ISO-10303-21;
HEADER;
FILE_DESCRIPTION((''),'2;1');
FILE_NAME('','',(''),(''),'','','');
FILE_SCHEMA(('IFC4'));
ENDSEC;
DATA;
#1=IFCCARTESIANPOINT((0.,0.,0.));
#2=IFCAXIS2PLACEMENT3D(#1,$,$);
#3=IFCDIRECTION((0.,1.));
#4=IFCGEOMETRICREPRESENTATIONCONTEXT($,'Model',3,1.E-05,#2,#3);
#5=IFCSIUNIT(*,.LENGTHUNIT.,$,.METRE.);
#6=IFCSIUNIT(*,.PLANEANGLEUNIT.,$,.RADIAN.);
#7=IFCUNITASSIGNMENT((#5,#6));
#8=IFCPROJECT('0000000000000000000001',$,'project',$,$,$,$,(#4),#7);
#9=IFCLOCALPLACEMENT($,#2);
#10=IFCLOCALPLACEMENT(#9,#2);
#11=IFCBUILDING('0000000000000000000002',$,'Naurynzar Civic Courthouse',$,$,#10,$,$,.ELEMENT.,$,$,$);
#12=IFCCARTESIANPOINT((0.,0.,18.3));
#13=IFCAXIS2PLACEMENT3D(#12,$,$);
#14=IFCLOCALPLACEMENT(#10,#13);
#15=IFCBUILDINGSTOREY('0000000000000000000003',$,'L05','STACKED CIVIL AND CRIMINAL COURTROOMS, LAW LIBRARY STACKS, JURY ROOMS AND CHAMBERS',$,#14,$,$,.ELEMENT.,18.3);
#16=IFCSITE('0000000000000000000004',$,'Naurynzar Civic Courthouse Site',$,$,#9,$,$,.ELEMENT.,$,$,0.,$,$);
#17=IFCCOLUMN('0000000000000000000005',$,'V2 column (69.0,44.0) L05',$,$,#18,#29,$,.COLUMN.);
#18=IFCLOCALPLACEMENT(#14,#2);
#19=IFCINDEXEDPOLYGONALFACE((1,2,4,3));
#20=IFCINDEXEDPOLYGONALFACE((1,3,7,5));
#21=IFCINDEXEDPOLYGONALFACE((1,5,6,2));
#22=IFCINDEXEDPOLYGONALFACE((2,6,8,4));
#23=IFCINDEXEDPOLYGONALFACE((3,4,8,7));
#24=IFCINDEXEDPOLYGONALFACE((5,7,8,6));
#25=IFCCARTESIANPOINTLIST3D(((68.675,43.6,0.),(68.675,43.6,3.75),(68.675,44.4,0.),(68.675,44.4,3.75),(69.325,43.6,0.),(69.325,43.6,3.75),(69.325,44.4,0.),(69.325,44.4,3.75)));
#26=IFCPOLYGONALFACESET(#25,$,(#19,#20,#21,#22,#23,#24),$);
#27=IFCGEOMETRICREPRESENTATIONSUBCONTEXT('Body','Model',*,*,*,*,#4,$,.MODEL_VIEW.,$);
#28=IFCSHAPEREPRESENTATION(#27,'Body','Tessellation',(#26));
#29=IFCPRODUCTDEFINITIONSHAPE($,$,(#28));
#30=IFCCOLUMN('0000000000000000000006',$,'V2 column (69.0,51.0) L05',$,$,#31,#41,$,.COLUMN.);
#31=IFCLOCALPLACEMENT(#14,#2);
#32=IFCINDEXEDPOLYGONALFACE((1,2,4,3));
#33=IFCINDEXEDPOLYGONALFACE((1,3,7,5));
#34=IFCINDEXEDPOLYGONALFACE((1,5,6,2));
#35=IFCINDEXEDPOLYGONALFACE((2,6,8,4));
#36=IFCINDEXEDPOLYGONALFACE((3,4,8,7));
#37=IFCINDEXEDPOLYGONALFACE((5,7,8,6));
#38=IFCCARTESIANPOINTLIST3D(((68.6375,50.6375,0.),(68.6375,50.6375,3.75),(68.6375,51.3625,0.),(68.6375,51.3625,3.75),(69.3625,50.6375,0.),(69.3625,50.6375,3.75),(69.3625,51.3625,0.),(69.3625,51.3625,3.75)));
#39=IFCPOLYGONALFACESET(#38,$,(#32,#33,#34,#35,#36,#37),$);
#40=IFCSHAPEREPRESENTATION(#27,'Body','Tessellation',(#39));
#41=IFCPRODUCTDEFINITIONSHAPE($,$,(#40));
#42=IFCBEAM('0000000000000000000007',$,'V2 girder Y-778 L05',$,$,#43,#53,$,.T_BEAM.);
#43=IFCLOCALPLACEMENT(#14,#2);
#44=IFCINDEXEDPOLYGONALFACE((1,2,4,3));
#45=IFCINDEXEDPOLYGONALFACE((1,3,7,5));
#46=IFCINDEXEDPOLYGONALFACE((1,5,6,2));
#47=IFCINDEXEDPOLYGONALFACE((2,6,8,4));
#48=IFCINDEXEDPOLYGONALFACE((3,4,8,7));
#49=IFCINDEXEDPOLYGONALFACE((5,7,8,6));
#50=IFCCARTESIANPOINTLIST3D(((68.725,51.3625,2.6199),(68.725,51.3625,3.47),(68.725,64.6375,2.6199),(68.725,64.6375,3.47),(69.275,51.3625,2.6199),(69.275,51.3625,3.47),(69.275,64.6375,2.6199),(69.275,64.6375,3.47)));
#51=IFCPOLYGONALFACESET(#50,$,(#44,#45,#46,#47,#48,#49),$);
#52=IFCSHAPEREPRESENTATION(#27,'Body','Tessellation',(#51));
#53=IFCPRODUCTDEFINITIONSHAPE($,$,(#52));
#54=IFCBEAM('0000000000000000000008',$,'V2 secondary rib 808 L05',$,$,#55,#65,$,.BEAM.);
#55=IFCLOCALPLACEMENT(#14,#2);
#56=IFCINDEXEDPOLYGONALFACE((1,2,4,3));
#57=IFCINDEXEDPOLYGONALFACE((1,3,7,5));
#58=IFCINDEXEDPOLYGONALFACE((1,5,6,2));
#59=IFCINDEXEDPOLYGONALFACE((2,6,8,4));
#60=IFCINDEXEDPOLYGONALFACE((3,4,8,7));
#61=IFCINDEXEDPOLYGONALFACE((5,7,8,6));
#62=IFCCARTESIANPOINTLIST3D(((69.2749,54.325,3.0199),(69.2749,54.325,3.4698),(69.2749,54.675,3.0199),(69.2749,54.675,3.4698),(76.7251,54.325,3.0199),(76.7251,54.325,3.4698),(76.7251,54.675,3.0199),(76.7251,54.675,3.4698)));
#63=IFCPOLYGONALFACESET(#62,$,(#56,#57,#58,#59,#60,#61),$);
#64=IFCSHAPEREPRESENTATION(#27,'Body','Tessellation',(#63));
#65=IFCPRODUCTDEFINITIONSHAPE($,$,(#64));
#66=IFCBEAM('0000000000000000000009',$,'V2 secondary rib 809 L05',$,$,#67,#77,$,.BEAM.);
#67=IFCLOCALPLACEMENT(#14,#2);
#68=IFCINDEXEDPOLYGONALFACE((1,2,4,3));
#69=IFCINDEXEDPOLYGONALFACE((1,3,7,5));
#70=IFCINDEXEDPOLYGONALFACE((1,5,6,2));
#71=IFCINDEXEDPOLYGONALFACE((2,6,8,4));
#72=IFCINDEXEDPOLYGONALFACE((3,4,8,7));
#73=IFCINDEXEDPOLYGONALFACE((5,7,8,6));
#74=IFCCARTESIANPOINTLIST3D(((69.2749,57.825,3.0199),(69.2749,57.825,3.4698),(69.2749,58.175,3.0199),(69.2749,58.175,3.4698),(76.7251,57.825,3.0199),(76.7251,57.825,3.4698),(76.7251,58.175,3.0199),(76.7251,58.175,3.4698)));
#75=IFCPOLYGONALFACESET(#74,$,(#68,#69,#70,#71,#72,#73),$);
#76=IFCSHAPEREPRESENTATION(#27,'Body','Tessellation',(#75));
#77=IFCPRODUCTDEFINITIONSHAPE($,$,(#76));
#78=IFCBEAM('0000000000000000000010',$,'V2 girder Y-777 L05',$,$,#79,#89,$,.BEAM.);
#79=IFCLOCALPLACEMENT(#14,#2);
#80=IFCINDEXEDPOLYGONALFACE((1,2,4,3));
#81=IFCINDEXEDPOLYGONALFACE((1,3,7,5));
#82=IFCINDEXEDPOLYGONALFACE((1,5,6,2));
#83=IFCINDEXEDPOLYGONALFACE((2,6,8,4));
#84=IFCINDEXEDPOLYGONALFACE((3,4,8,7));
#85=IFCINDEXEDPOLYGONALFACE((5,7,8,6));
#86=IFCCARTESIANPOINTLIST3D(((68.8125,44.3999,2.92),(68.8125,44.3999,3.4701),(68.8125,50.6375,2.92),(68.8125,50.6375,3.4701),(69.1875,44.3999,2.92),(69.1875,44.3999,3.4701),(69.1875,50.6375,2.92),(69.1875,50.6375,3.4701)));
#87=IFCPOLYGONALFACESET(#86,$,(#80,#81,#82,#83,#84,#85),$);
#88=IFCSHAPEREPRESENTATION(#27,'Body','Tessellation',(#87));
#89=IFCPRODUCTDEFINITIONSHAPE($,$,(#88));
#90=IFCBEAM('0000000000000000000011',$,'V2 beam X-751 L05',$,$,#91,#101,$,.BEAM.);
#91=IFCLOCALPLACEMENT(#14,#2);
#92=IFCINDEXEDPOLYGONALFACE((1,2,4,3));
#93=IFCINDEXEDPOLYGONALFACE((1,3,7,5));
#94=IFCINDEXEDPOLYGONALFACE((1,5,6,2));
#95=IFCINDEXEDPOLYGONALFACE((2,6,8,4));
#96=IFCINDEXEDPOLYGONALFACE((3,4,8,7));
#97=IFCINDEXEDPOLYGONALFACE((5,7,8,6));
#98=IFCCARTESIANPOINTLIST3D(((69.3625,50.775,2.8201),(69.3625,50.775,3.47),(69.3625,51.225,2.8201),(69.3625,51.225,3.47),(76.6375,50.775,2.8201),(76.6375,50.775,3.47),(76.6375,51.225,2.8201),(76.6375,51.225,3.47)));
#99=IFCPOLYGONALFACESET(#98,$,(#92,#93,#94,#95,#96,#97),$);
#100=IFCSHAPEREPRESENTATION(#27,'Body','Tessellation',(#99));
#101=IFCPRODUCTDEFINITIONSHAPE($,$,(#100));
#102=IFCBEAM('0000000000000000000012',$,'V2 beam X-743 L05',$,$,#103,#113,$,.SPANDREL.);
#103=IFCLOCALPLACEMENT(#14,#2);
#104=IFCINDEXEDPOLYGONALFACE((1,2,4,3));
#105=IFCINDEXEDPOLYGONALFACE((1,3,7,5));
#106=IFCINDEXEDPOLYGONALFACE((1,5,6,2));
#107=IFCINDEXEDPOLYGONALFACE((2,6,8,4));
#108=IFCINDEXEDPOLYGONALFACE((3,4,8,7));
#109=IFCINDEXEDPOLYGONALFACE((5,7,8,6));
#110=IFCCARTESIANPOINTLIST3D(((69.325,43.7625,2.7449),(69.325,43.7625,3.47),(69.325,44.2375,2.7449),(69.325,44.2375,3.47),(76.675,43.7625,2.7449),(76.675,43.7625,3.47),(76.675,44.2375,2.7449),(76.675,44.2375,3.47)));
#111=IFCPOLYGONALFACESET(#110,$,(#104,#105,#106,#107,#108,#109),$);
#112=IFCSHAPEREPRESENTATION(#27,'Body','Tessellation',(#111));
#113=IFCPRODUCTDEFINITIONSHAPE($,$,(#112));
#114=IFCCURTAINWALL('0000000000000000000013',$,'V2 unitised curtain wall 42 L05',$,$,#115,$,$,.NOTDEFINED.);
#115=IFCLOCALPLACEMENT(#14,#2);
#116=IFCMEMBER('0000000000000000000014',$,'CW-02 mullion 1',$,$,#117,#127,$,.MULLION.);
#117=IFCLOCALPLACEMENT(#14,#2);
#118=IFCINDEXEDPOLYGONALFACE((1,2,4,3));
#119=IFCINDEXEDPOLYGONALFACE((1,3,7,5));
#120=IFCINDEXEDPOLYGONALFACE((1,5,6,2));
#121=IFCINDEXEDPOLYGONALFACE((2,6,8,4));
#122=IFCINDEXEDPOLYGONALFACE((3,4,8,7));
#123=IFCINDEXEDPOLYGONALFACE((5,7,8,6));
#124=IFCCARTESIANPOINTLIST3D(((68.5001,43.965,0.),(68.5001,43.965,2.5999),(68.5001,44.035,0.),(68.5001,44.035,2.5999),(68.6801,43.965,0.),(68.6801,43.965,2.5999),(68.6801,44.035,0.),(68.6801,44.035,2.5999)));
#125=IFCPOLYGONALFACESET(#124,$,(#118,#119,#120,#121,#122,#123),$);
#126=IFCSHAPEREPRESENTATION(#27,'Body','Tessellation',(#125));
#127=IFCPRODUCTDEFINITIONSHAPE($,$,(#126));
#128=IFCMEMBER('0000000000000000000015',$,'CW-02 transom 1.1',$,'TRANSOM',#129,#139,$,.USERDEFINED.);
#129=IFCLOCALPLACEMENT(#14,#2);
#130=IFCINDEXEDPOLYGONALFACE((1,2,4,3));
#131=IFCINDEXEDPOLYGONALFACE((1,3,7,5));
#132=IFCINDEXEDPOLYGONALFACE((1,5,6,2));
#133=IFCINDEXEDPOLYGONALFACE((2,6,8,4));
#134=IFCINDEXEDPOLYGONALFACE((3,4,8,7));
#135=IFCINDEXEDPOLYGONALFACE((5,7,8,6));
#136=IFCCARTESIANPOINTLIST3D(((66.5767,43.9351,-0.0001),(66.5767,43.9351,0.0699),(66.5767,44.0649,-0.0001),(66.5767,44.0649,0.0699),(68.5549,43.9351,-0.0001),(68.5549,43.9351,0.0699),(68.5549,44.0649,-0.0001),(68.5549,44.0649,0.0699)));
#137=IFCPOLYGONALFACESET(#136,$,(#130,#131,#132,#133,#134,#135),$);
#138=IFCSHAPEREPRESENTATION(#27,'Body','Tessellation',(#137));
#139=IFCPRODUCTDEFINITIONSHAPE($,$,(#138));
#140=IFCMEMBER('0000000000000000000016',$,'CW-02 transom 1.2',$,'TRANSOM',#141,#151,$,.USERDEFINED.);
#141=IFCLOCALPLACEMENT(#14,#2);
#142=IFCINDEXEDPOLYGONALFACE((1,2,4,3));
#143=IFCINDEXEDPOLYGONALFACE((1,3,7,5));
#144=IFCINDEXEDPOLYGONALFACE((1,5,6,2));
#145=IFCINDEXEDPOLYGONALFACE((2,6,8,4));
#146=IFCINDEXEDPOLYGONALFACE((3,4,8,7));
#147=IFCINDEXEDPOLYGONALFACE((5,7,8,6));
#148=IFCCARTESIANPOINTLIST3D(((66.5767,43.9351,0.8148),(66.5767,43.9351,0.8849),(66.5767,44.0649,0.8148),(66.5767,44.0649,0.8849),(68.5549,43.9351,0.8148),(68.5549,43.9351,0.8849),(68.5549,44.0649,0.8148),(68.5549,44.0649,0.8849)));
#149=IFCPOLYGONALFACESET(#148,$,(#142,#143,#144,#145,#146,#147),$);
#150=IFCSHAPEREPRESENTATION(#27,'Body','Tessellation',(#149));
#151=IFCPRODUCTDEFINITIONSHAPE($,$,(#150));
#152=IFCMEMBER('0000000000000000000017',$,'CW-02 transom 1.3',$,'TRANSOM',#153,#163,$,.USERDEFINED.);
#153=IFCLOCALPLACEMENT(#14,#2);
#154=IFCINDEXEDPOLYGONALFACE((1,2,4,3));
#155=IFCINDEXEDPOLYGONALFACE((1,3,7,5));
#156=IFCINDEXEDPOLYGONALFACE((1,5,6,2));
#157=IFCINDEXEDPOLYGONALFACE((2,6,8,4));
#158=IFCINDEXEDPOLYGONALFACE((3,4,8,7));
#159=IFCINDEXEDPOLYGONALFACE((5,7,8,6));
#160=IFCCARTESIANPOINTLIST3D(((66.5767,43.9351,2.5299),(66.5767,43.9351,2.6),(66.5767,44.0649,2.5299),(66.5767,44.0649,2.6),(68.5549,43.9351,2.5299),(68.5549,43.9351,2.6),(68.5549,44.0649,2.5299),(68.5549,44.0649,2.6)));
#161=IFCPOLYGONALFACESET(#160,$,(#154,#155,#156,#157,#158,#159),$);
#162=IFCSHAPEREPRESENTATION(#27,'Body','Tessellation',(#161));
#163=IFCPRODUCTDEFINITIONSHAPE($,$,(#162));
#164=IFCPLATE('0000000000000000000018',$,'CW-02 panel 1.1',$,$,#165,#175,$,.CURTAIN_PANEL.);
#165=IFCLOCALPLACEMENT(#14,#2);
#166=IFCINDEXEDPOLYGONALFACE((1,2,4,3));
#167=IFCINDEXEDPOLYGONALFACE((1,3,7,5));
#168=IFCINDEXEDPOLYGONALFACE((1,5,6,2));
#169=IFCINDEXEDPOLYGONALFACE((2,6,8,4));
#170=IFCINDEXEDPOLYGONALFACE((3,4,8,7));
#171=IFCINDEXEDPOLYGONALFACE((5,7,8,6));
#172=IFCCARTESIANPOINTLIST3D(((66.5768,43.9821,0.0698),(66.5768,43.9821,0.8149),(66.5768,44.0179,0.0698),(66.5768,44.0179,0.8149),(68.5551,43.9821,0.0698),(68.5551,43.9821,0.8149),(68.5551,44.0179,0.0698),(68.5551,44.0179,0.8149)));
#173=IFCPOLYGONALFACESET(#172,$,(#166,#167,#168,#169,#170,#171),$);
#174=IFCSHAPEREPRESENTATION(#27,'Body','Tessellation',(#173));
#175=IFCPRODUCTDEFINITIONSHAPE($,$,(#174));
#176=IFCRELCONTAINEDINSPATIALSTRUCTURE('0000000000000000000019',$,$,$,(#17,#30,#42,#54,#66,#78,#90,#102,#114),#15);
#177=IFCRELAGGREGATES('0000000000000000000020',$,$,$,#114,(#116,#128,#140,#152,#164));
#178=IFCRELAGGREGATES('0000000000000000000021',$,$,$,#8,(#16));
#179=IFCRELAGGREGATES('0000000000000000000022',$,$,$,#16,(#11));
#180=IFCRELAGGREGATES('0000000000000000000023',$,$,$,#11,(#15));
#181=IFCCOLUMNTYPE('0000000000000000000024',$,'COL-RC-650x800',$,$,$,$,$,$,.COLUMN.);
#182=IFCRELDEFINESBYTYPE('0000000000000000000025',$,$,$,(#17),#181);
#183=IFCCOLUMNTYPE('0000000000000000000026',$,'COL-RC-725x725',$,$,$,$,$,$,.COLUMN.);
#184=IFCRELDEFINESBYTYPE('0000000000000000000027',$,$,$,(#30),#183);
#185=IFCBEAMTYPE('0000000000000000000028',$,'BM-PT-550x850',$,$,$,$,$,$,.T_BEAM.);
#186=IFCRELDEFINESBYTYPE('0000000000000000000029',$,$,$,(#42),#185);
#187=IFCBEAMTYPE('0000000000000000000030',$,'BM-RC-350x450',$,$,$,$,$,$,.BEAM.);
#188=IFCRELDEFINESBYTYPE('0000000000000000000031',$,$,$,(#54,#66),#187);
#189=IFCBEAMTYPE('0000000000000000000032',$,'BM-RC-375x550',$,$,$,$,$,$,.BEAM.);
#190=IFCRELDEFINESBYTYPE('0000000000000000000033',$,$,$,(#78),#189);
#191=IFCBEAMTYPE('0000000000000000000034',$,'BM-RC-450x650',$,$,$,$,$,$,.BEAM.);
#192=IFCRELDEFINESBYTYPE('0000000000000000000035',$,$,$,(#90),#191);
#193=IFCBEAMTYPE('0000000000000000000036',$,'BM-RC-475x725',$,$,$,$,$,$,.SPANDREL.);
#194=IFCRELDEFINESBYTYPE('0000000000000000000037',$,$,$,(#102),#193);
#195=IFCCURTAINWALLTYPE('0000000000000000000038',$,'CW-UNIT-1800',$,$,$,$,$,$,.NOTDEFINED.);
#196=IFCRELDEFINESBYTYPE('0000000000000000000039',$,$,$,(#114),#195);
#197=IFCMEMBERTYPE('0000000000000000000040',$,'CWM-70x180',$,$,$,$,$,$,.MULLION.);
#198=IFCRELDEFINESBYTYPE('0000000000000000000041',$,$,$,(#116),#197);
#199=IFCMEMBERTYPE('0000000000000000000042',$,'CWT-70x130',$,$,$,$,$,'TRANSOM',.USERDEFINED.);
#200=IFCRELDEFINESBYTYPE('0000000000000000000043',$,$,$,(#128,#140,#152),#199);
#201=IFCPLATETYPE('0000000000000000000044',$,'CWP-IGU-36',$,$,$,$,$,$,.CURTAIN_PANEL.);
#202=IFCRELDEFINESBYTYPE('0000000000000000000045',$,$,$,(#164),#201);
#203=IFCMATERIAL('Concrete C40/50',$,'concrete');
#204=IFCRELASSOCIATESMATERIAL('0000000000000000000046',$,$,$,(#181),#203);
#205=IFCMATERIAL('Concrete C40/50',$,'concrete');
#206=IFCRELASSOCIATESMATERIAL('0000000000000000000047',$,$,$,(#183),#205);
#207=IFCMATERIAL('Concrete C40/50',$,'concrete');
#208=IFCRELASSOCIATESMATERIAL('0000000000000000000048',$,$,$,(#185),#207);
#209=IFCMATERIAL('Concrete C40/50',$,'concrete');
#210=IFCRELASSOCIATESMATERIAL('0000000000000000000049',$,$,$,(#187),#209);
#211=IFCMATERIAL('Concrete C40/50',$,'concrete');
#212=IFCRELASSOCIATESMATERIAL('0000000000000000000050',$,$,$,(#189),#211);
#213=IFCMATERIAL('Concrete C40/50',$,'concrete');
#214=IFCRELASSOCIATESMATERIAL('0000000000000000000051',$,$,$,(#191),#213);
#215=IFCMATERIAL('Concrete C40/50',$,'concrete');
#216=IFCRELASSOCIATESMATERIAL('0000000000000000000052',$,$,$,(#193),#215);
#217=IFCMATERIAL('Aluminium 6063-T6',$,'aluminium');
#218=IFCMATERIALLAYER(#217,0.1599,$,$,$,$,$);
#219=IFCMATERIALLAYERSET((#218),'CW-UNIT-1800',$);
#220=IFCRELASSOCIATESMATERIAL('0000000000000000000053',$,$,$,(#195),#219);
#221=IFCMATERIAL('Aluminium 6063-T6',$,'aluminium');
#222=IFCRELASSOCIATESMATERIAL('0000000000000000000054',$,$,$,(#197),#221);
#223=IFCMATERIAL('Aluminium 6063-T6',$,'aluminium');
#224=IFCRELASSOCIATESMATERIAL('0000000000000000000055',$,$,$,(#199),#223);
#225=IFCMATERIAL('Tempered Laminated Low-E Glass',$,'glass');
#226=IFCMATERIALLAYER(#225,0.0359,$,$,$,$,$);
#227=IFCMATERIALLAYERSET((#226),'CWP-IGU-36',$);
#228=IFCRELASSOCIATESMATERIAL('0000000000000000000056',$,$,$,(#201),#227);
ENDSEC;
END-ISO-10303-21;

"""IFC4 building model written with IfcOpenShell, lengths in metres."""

from ifc_helpers import new_model, si_unit, direction, frame, origin, origin_2d, place, context, subcontext, project, spatial, rectangle, extrude, material, layer, layer_set, material_profile, profile_set, type_object, element, aggregate, save


model = new_model("IFC4")

# Units and contexts
model_context = context("Model", 3, precision=1e-05, world=origin(), true_north=direction((0.0, 1.0)))
body_context = subcontext(model_context, "Body", "Model", "MODEL_VIEW")
ifc_project = project(units=[si_unit("LENGTHUNIT", "METRE"), si_unit("PLANEANGLEUNIT", "RADIAN")], contexts=[model_context])

# Site, building, storey
site_placement = place(None, origin())
site = spatial("IfcSite", under=ifc_project, at=site_placement, Name="Naurynzar Civic Courthouse Site", CompositionType="ELEMENT", RefElevation=0.0)
building_placement = place(site_placement, origin())
building = spatial("IfcBuilding", under=site, at=building_placement, Name="Naurynzar Civic Courthouse", CompositionType="ELEMENT")
storey_placement = place(building_placement, frame((0.0, 0.0, 18.3)))
storey = spatial("IfcBuildingStorey", under=building, at=storey_placement, Name="L05", Description="STACKED CIVIL AND CRIMINAL COURTROOMS, LAW LIBRARY STACKS, JURY ROOMS AND CHAMBERS", CompositionType="ELEMENT", Elevation=18.3)

# Columns
ifc_material_1 = material(Name="Concrete C40/50", Category="concrete")
ifc_material_profile_1 = material_profile(ifc_material_1, rectangle(XDim=0.6499, YDim=0.8, at=origin_2d()), Name="RC 650x800")
ifc_profile_set_1 = profile_set([ifc_material_profile_1], Name="Concrete C40/50")
column_type_1 = type_object("IfcColumnType", Name="COL-RC-650x800", PredefinedType="COLUMN", material=ifc_profile_set_1)
column_1_placement = place(storey_placement, frame((69.0, 44.0, 0.0), z_axis=(0.0, 0.0, 1.0), x_axis=(1.0, 0.0, 0.0)))
element("IfcColumn", 1, at=column_1_placement, inside=storey, type_object=column_type_1, Name="V2 column (69.0,44.0) L05", PredefinedType="COLUMN", context=body_context, shape_type="SweptSolid", body=[
    extrude(rectangle(XDim=0.6499, YDim=0.8, at=origin_2d()), origin(), (0.0, 0.0, 1.0), 3.75),
])
ifc_material_2 = material(Name="Concrete C40/50", Category="concrete")
ifc_material_profile_2 = material_profile(ifc_material_2, rectangle(XDim=0.7251, YDim=0.7251, at=origin_2d()), Name="RC 725x725")
ifc_profile_set_2 = profile_set([ifc_material_profile_2], Name="Concrete C40/50")
column_type_2 = type_object("IfcColumnType", Name="COL-RC-725x725", PredefinedType="COLUMN", material=ifc_profile_set_2)
column_2_placement = place(storey_placement, frame((69.0, 51.0, 0.0), z_axis=(0.0, 0.0, 1.0), x_axis=(1.0, 0.0, 0.0)))
element("IfcColumn", 2, at=column_2_placement, inside=storey, type_object=column_type_2, Name="V2 column (69.0,51.0) L05", PredefinedType="COLUMN", context=body_context, shape_type="SweptSolid", body=[
    extrude(rectangle(XDim=0.7251, YDim=0.7251, at=origin_2d()), origin(), (0.0, 0.0, 1.0), 3.75),
])

# Beams
ifc_material_3 = material(Name="Concrete C40/50", Category="concrete")
ifc_material_profile_3 = material_profile(ifc_material_3, rectangle(XDim=0.55, YDim=0.8501, at=origin_2d()), Name="PTB 550x850")
ifc_profile_set_3 = profile_set([ifc_material_profile_3], Name="Concrete C40/50")
beam_type_1 = type_object("IfcBeamType", Name="BM-PT-550x850", PredefinedType="T_BEAM", material=ifc_profile_set_3)
beam_1_placement = place(storey_placement, frame((69.0, 51.3625, 3.0449), z_axis=(0.0, 1.0, 0.0), x_axis=(-1.0, 0.0, 0.0)))
element("IfcBeam", 3, at=beam_1_placement, inside=storey, type_object=beam_type_1, Name="V2 girder Y-778 L05", PredefinedType="T_BEAM", context=body_context, shape_type="SweptSolid", body=[
    extrude(rectangle(XDim=0.55, YDim=0.8501, at=origin_2d()), origin(), (0.0, 0.0, 1.0), 13.2749),
])
ifc_material_4 = material(Name="Concrete C40/50", Category="concrete")
ifc_material_profile_4 = material_profile(ifc_material_4, rectangle(XDim=0.3501, YDim=0.45, at=origin_2d()), Name="RCB 350x450")
ifc_profile_set_4 = profile_set([ifc_material_profile_4], Name="Concrete C40/50")
beam_type_2 = type_object("IfcBeamType", Name="BM-RC-350x450", PredefinedType="BEAM", material=ifc_profile_set_4)
for number, where, z_axis, x_axis, name in (
    (4, (69.2749, 54.5, 3.2449), (1.0, 0.0, 0.0), (0.0, 1.0, 0.0), "V2 secondary rib 808 L05"),
    (5, (69.2749, 58.0, 3.2449), (1.0, 0.0, 0.0), (0.0, 1.0, 0.0), "V2 secondary rib 809 L05"),
):
    element("IfcBeam", number, at=place(storey_placement, frame(where, z_axis=z_axis, x_axis=x_axis)), inside=storey, type_object=beam_type_2, Name=name, PredefinedType="BEAM", context=body_context, shape_type="SweptSolid", body=[
        extrude(rectangle(XDim=0.3501, YDim=0.45, at=origin_2d()), origin(), (0.0, 0.0, 1.0), 7.4502),
    ])
ifc_material_5 = material(Name="Concrete C40/50", Category="concrete")
ifc_material_profile_5 = material_profile(ifc_material_5, rectangle(XDim=0.375, YDim=0.55, at=origin_2d()), Name="RCB 375x550")
ifc_profile_set_5 = profile_set([ifc_material_profile_5], Name="Concrete C40/50")
beam_type_3 = type_object("IfcBeamType", Name="BM-RC-375x550", PredefinedType="BEAM", material=ifc_profile_set_5)
beam_2_placement = place(storey_placement, frame((69.0, 44.3999, 3.1951), z_axis=(0.0, 1.0, 0.0), x_axis=(-1.0, 0.0, 0.0)))
element("IfcBeam", 6, at=beam_2_placement, inside=storey, type_object=beam_type_3, Name="V2 girder Y-777 L05", PredefinedType="BEAM", context=body_context, shape_type="SweptSolid", body=[
    extrude(rectangle(XDim=0.375, YDim=0.55, at=origin_2d()), origin(), (0.0, 0.0, 1.0), 6.2375),
])
ifc_material_6 = material(Name="Concrete C40/50", Category="concrete")
ifc_material_profile_6 = material_profile(ifc_material_6, rectangle(XDim=0.45, YDim=0.6499, at=origin_2d()), Name="RCB 450x650")
ifc_profile_set_6 = profile_set([ifc_material_profile_6], Name="Concrete C40/50")
beam_type_4 = type_object("IfcBeamType", Name="BM-RC-450x650", PredefinedType="BEAM", material=ifc_profile_set_6)
beam_3_placement = place(storey_placement, frame((69.3625, 51.0, 3.145), z_axis=(1.0, 0.0, 0.0), x_axis=(0.0, 1.0, 0.0)))
element("IfcBeam", 7, at=beam_3_placement, inside=storey, type_object=beam_type_4, Name="V2 beam X-751 L05", PredefinedType="BEAM", context=body_context, shape_type="SweptSolid", body=[
    extrude(rectangle(XDim=0.45, YDim=0.6499, at=origin_2d()), origin(), (0.0, 0.0, 1.0), 7.2749),
])
ifc_material_7 = material(Name="Concrete C40/50", Category="concrete")
ifc_material_profile_7 = material_profile(ifc_material_7, rectangle(XDim=0.4751, YDim=0.7251, at=origin_2d()), Name="RCB 475x725")
ifc_profile_set_7 = profile_set([ifc_material_profile_7], Name="Concrete C40/50")
beam_type_5 = type_object("IfcBeamType", Name="BM-RC-475x725", PredefinedType="SPANDREL", material=ifc_profile_set_7)
beam_4_placement = place(storey_placement, frame((69.325, 44.0, 3.1074), z_axis=(1.0, 0.0, 0.0), x_axis=(0.0, 1.0, 0.0)))
element("IfcBeam", 8, at=beam_4_placement, inside=storey, type_object=beam_type_5, Name="V2 beam X-743 L05", PredefinedType="SPANDREL", context=body_context, shape_type="SweptSolid", body=[
    extrude(rectangle(XDim=0.4751, YDim=0.7251, at=origin_2d()), origin(), (0.0, 0.0, 1.0), 7.3501),
])

# Curtain wall, members, plate
ifc_material_8 = material(Name="Aluminium 6063-T6", Category="aluminium")
ifc_layer_1 = layer(ifc_material_8, 0.1599)
ifc_layer_set_1 = layer_set([ifc_layer_1], Name="CW-UNIT-1800")
curtain_wall_type = type_object("IfcCurtainWallType", Name="CW-UNIT-1800", PredefinedType="NOTDEFINED", material=ifc_layer_set_1)
curtain_wall_placement = place(storey_placement, origin())
curtain_wall = element("IfcCurtainWall", 9, at=curtain_wall_placement, inside=storey, type_object=curtain_wall_type, Name="V2 unitised curtain wall 42 L05", PredefinedType="NOTDEFINED")
ifc_material_9 = material(Name="Aluminium 6063-T6", Category="aluminium")
ifc_material_profile_8 = material_profile(ifc_material_9, rectangle(XDim=0.0701, YDim=0.1799, at=origin_2d()), Name="ALU MULLION 70x180")
ifc_profile_set_8 = profile_set([ifc_material_profile_8], Name="Aluminium 6063-T6")
member_type_1 = type_object("IfcMemberType", Name="CWM-70x180", PredefinedType="MULLION", material=ifc_profile_set_8)
member_1_placement = place(storey_placement, frame((68.5901, 44.0, 0.0), z_axis=(0.0, 0.0, 1.0), x_axis=(0.0, -1.0, 0.0)))
member_1 = element("IfcMember", 10, at=member_1_placement, type_object=member_type_1, Name="CW-02 mullion 1", PredefinedType="MULLION", context=body_context, shape_type="SweptSolid", body=[
    extrude(rectangle(XDim=0.0701, YDim=0.1799, at=origin_2d()), origin(), (0.0, 0.0, 1.0), 2.5999),
])
ifc_material_10 = material(Name="Aluminium 6063-T6", Category="aluminium")
ifc_material_profile_9 = material_profile(ifc_material_10, rectangle(XDim=0.1299, YDim=0.0701, at=origin_2d()), Name="ALU TRANSOM 70x130")
ifc_profile_set_9 = profile_set([ifc_material_profile_9], Name="Aluminium 6063-T6")
member_type_2 = type_object("IfcMemberType", Name="CWT-70x130", ElementType="TRANSOM", PredefinedType="USERDEFINED", material=ifc_profile_set_9)
member_2_placement = place(storey_placement, frame((68.5549, 44.0, 0.0349), z_axis=(-1.0, 0.0, 0.0), x_axis=(0.0, -1.0, 0.0)))
member_2 = element("IfcMember", 11, at=member_2_placement, type_object=member_type_2, Name="CW-02 transom 1.1", ObjectType="TRANSOM", PredefinedType="USERDEFINED", context=body_context, shape_type="SweptSolid", body=[
    extrude(rectangle(XDim=0.1299, YDim=0.0701, at=origin_2d()), origin(), (0.0, 0.0, 1.0), 1.9783),
])
member_3_placement = place(storey_placement, frame((68.5549, 44.0, 0.8499), z_axis=(-1.0, 0.0, 0.0), x_axis=(0.0, -1.0, 0.0)))
member_3 = element("IfcMember", 12, at=member_3_placement, type_object=member_type_2, Name="CW-02 transom 1.2", ObjectType="TRANSOM", PredefinedType="USERDEFINED", context=body_context, shape_type="SweptSolid", body=[
    extrude(rectangle(XDim=0.1299, YDim=0.0701, at=origin_2d()), origin(), (0.0, 0.0, 1.0), 1.9783),
])
member_4_placement = place(storey_placement, frame((68.5549, 44.0, 2.5649), z_axis=(-1.0, 0.0, 0.0), x_axis=(0.0, -1.0, 0.0)))
member_4 = element("IfcMember", 13, at=member_4_placement, type_object=member_type_2, Name="CW-02 transom 1.3", ObjectType="TRANSOM", PredefinedType="USERDEFINED", context=body_context, shape_type="SweptSolid", body=[
    extrude(rectangle(XDim=0.1299, YDim=0.0701, at=origin_2d()), origin(), (0.0, 0.0, 1.0), 1.9783),
])
ifc_material_11 = material(Name="Tempered Laminated Low-E Glass", Category="glass")
ifc_layer_2 = layer(ifc_material_11, 0.0359)
ifc_layer_set_2 = layer_set([ifc_layer_2], Name="CWP-IGU-36")
plate_type = type_object("IfcPlateType", Name="CWP-IGU-36", PredefinedType="CURTAIN_PANEL", material=ifc_layer_set_2)
plate_1_placement = place(storey_placement, frame((67.5659, 44.0, 0.0698), z_axis=(0.0, 0.0, 1.0), x_axis=(-1.0, 0.0, 0.0)))
plate_1 = element("IfcPlate", 14, at=plate_1_placement, type_object=plate_type, Name="CW-02 panel 1.1", PredefinedType="CURTAIN_PANEL", context=body_context, shape_type="SweptSolid", body=[
    extrude(rectangle(XDim=1.9783, YDim=0.0359, at=origin_2d()), origin(), (0.0, 0.0, 1.0), 0.7451),
])
aggregate(curtain_wall, [member_1, member_2, member_3, member_4, plate_1])

save(model, "model.ifc")
